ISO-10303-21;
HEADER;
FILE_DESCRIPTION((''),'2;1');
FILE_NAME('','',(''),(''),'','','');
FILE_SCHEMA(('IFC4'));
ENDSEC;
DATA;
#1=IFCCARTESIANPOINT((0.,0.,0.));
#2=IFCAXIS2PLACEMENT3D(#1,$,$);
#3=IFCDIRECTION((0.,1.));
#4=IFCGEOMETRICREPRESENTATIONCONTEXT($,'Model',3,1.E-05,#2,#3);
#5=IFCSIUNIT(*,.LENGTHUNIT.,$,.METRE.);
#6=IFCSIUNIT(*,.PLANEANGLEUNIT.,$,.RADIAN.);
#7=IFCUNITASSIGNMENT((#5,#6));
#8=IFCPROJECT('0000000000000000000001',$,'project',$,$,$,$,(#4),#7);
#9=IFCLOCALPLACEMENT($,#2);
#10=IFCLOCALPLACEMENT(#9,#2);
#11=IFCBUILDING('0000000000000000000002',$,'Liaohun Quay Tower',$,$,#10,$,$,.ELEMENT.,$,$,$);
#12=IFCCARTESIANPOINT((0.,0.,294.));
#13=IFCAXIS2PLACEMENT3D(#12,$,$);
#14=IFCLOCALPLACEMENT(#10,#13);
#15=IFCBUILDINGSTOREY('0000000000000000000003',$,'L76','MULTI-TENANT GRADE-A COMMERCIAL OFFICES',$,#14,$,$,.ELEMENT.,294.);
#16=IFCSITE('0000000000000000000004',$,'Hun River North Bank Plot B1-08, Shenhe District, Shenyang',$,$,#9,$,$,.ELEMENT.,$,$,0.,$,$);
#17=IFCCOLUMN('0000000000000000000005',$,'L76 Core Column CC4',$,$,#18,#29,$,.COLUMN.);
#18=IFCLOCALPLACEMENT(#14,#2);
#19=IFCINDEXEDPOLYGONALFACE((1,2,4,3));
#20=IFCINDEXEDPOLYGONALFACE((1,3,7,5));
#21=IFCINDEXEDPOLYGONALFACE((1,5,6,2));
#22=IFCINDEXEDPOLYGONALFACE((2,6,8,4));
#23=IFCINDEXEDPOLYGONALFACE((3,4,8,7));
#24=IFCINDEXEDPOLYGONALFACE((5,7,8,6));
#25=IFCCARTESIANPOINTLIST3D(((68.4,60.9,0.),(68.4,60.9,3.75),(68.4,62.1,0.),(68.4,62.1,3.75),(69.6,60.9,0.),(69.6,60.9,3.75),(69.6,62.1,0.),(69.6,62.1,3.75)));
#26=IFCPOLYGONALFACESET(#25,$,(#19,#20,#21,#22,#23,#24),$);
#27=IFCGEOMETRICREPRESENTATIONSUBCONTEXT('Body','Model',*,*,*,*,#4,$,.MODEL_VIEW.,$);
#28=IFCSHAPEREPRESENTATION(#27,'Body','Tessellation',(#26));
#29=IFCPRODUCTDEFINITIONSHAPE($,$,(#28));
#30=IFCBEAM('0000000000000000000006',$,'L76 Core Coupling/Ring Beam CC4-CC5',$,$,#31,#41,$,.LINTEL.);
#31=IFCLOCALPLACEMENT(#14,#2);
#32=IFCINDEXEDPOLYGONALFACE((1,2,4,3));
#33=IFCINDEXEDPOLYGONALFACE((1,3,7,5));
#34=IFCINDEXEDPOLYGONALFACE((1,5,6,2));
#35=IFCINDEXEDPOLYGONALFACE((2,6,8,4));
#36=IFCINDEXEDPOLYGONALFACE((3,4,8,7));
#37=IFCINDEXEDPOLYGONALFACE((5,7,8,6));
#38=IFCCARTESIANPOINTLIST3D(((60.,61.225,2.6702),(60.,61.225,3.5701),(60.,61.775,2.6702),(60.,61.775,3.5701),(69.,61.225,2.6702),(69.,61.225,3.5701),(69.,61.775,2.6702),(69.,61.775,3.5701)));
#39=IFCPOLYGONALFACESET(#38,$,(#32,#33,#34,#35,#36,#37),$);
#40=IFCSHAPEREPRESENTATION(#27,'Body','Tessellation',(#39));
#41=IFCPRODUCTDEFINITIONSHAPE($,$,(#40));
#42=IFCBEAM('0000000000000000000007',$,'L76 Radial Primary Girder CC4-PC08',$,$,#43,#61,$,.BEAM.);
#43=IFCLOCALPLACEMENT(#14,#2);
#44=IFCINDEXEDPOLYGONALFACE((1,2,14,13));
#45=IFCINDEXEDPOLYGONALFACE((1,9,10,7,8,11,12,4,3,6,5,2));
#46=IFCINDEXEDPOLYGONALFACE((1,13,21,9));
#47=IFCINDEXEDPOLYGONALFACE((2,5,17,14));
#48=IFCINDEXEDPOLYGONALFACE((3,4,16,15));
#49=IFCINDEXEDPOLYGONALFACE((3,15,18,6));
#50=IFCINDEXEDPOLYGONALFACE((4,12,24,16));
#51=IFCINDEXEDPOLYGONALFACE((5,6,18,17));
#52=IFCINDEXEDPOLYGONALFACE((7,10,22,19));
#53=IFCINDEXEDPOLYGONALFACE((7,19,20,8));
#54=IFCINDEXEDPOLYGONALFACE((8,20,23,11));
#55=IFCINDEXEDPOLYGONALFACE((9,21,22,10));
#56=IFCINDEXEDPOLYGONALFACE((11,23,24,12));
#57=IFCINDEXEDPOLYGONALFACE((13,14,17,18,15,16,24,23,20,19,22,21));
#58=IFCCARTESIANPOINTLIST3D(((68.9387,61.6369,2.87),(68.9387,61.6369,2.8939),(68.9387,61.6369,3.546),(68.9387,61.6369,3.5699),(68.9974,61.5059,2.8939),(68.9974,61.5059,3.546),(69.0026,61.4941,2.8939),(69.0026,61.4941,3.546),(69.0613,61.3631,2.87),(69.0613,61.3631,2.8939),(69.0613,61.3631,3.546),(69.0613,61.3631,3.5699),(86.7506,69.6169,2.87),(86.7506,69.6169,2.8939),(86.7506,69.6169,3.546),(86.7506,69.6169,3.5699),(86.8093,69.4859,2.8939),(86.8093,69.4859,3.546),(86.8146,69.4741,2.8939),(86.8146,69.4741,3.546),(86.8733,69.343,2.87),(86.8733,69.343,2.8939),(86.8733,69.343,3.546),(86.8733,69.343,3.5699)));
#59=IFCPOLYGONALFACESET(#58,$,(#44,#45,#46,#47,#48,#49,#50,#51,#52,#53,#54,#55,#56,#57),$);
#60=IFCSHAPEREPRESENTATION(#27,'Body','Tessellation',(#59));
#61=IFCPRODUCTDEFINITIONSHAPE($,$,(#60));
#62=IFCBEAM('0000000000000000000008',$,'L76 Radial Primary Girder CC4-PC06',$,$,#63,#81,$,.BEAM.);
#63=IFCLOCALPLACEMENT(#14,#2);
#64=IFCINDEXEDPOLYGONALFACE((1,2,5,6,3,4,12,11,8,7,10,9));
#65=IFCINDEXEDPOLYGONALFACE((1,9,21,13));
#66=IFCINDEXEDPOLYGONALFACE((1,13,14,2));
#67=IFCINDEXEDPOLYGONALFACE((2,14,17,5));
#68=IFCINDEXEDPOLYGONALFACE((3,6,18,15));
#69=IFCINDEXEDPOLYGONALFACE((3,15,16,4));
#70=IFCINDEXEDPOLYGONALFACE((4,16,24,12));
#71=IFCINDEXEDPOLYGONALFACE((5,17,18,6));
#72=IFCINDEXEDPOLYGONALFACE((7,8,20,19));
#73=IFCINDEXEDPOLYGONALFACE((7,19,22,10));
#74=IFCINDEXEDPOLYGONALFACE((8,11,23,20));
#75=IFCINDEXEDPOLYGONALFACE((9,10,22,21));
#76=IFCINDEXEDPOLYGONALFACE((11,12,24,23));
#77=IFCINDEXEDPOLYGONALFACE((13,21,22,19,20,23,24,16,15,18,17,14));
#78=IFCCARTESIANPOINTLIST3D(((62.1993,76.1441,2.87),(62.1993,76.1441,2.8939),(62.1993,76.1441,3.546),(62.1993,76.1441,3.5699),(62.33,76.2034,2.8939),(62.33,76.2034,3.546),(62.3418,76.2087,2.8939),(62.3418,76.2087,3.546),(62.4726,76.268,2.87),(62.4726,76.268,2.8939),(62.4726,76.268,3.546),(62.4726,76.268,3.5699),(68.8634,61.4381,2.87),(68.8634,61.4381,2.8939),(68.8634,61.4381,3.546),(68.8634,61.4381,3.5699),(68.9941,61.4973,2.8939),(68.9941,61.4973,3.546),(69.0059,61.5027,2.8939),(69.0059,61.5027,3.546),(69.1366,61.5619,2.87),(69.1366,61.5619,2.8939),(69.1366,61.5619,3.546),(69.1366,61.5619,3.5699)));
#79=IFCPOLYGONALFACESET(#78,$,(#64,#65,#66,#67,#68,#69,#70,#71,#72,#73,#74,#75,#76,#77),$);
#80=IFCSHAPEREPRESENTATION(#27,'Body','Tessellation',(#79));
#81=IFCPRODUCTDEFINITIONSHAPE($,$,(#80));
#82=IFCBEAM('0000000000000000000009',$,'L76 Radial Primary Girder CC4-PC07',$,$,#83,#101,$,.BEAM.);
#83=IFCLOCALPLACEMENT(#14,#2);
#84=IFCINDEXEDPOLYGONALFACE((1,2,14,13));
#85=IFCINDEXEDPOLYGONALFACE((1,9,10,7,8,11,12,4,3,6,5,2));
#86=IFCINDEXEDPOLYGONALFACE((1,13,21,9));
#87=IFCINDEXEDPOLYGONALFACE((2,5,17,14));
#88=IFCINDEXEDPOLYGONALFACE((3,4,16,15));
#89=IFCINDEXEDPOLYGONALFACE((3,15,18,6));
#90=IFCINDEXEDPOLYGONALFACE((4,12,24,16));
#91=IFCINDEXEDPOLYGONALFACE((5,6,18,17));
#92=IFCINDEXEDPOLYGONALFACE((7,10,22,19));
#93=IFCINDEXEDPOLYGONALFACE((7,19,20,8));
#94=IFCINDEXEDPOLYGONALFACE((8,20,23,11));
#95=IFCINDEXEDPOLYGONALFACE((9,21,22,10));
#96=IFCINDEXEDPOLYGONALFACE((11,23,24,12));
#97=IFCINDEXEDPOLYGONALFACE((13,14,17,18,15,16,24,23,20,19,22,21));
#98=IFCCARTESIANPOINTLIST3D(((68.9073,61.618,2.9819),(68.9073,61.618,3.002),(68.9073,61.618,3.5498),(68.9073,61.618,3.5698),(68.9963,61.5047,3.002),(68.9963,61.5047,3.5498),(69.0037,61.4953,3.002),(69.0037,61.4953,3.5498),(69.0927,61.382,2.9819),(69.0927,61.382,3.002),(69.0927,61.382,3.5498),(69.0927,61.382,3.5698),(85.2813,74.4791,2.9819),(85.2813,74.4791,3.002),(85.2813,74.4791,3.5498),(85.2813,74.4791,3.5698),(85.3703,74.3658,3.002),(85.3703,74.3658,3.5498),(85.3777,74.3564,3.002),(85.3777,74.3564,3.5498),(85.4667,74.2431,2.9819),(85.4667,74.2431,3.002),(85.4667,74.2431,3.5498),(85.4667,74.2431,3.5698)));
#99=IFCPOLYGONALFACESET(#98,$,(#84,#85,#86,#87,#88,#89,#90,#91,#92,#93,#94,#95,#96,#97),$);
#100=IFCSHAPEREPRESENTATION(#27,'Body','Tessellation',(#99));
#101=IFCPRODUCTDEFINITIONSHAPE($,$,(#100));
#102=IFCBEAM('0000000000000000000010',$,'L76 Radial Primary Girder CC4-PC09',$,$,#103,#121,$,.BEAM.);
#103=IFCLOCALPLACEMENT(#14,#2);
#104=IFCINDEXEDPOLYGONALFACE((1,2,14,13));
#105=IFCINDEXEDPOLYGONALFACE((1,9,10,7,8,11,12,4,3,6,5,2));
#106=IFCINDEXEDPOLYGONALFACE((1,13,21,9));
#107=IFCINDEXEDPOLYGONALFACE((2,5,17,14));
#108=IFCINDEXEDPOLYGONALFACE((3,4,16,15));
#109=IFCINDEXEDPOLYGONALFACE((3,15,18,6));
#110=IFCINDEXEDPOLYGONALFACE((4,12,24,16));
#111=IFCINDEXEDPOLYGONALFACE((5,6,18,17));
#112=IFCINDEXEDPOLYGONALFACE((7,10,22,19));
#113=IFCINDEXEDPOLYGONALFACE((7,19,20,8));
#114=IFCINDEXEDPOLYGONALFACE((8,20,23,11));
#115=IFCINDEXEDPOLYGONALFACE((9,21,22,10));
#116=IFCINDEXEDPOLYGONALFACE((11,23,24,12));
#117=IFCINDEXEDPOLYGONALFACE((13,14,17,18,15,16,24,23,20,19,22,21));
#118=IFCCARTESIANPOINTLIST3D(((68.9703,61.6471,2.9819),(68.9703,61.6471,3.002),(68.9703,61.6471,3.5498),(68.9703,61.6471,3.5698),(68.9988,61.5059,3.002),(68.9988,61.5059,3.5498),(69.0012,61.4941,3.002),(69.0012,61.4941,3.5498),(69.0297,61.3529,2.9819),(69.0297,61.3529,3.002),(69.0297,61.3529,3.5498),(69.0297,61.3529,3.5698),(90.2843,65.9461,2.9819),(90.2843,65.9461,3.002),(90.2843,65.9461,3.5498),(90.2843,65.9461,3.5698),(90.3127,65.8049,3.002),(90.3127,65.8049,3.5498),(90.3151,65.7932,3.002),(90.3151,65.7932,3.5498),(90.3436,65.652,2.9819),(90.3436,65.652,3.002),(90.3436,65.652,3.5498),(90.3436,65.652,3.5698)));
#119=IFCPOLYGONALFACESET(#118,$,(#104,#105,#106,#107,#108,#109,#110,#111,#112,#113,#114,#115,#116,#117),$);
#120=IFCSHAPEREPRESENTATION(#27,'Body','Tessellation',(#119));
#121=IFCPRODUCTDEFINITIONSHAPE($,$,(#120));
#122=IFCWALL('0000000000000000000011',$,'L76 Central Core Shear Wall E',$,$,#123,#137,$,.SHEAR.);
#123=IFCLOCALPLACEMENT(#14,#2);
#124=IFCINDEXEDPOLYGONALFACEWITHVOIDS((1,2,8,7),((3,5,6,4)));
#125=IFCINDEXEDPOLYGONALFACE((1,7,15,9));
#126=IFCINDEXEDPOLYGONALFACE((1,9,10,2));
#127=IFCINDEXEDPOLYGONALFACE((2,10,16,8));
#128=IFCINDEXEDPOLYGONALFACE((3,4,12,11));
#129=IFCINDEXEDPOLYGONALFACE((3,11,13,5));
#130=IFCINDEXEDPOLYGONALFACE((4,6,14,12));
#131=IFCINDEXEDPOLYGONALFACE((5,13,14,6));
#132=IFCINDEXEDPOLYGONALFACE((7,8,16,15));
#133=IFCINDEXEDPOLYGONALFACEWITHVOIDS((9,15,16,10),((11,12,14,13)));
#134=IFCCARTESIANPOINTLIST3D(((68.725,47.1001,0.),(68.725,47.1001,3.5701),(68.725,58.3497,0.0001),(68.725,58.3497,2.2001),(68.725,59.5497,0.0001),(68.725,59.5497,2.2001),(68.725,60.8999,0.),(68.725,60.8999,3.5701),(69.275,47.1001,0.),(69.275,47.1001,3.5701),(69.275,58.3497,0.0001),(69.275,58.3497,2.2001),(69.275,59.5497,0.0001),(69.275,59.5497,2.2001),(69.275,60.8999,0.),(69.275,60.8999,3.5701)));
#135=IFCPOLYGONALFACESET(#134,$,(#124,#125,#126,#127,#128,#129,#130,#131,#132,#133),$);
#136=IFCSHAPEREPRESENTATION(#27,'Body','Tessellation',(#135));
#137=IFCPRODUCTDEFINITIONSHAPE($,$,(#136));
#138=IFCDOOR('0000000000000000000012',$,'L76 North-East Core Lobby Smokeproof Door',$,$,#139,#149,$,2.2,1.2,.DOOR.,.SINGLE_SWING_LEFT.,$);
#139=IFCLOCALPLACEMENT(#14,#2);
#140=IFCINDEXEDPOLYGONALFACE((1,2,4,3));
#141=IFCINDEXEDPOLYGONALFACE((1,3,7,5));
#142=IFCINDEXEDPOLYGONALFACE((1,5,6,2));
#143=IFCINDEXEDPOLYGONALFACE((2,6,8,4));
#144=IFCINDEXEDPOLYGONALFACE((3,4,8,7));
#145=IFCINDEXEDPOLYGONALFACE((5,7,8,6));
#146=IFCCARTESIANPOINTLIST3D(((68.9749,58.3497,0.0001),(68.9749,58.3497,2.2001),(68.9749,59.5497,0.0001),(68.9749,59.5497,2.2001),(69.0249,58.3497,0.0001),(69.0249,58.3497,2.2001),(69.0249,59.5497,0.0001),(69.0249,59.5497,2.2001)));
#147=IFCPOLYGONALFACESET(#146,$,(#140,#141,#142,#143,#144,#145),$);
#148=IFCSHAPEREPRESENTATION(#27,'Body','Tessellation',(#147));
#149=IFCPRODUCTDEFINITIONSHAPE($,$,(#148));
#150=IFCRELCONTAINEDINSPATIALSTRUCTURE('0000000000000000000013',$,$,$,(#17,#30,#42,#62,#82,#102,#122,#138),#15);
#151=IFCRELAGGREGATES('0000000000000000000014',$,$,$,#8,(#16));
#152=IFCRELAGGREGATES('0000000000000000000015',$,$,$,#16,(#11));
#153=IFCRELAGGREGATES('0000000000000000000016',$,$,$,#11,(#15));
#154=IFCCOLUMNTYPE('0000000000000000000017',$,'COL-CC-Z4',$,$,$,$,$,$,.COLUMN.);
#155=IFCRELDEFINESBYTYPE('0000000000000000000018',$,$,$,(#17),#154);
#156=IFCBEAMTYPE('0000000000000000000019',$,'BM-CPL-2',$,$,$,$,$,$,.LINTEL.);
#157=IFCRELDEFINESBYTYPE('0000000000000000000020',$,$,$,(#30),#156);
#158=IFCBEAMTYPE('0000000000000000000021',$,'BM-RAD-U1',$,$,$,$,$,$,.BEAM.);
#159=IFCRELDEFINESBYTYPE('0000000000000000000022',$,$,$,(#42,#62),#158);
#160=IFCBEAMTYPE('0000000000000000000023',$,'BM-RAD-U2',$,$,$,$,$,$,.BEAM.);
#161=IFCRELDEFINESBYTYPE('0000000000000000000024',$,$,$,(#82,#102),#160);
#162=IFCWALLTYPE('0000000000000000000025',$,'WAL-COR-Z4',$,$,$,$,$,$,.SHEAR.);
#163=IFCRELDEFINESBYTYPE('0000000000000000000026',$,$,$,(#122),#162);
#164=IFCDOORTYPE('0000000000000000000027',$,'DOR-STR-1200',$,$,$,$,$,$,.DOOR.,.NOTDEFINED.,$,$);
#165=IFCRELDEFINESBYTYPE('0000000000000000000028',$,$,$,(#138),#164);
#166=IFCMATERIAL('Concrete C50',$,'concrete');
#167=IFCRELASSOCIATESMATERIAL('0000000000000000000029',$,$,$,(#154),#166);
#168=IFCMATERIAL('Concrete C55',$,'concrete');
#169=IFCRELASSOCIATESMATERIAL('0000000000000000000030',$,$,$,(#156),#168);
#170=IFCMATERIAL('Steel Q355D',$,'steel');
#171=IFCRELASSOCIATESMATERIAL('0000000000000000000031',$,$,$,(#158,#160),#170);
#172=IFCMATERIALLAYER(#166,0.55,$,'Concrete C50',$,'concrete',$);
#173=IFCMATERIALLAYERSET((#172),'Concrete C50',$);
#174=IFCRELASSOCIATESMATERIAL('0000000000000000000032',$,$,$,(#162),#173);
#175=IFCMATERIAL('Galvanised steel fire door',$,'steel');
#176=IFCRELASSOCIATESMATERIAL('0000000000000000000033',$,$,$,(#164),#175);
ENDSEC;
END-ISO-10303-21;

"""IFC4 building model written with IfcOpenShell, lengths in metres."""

from ifc_helpers import new_model, si_unit, direction, frame, frame_2d, origin, origin_2d, place, context, subcontext, project, spatial, rectangle, i_section, extrude, source, transform, mapped, material, layer, layer_set, material_profile, profile_set, type_object, element, fill, save


model = new_model("IFC4")

# Units and contexts
model_context = context("Model", 3, precision=1e-05, world=origin(), true_north=direction((0.0, 1.0)))
body_context = subcontext(model_context, "Body", "Model", "MODEL_VIEW")
ifc_project = project(units=[si_unit("LENGTHUNIT", "METRE"), si_unit("PLANEANGLEUNIT", "RADIAN")], contexts=[model_context])

# Site, building, storey
site_placement = place(None, origin())
site = spatial("IfcSite", under=ifc_project, at=site_placement, Name="Hun River North Bank Plot B1-08, Shenhe District, Shenyang", CompositionType="ELEMENT", RefElevation=0.0)
building_placement = place(site_placement, origin())
building = spatial("IfcBuilding", under=site, at=building_placement, Name="Liaohun Quay Tower", CompositionType="ELEMENT")
storey_placement = place(building_placement, frame((0.0, 0.0, 294.0)))
storey = spatial("IfcBuildingStorey", under=building, at=storey_placement, Name="L76", Description="MULTI-TENANT GRADE-A COMMERCIAL OFFICES", CompositionType="ELEMENT", Elevation=294.0)

# Column
ifc_material_1 = material(Name="Concrete C50", Category="concrete")
ifc_material_profile_1 = material_profile(ifc_material_1, rectangle(XDim=1.2, YDim=1.2, at=origin_2d()), Name="RC1200x1200")
ifc_profile_set_1 = profile_set([ifc_material_profile_1], Name="Concrete C50")
column_type = type_object("IfcColumnType", Name="COL-CC-Z4", PredefinedType="COLUMN", material=ifc_profile_set_1)
shared_shape_1 = source(origin(), body_context, "Body", "SweptSolid", [
    extrude(rectangle(XDim=1.2, YDim=1.2, at=origin_2d()), origin(), (0.0, 0.0, 1.0), 3.75),
])
column_placement = place(storey_placement, frame((69.0, 61.5, 0.0), z_axis=(0.0, 0.0, 1.0), x_axis=(1.0, 0.0, 0.0)))
element("IfcColumn", 1, at=column_placement, inside=storey, type_object=column_type, Name="L76 Core Column CC4", PredefinedType="COLUMN", context=body_context, shape_type="MappedRepresentation", body=[
    mapped(shared_shape_1, transform((0.0, 0.0, 0.0), x_axis=(1.0, 0.0, 0.0), y_axis=(0.0, 1.0, 0.0), z_axis=(0.0, 0.0, 1.0), scale=1.0)),
])

# Beams
ifc_material_2 = material(Name="Concrete C55", Category="concrete")
ifc_material_profile_2 = material_profile(ifc_material_2, rectangle(XDim=0.55, YDim=0.8999, at=origin_2d()), Name="RC550x900")
ifc_profile_set_2 = profile_set([ifc_material_profile_2], Name="Concrete C55")
beam_type_1 = type_object("IfcBeamType", Name="BM-CPL-2", PredefinedType="LINTEL", material=ifc_profile_set_2)
shared_shape_2 = source(origin(), body_context, "Body", "SweptSolid", [
    extrude(rectangle(XDim=0.55, YDim=0.8999, at=origin_2d()), origin(), (0.0, 0.0, 1.0), 9.0),
])
beam_1_placement = place(storey_placement, frame((69.0, 61.5, 3.1201), z_axis=(-1.0, 0.0, 0.0), x_axis=(0.0, -1.0, 0.0)))
element("IfcBeam", 2, at=beam_1_placement, inside=storey, type_object=beam_type_1, Name="L76 Core Coupling/Ring Beam CC4-CC5", PredefinedType="LINTEL", context=body_context, shape_type="MappedRepresentation", body=[
    mapped(shared_shape_2, transform((0.0, 0.0, 0.0), x_axis=(1.0, 0.0, 0.0), y_axis=(0.0, 1.0, 0.0), z_axis=(0.0, 0.0, 1.0), scale=1.0)),
])
ifc_material_3 = material(Name="Steel Q355D", Category="steel")
ifc_material_profile_3 = material_profile(ifc_material_3, i_section(OverallWidth=0.3, OverallDepth=0.7, WebThickness=0.0129, FlangeThickness=0.0239, at=origin_2d()), Name="HN700x300x13x24")
ifc_profile_set_3 = profile_set([ifc_material_profile_3], Name="Steel Q355D")
beam_type_2 = type_object("IfcBeamType", Name="BM-RAD-U1", PredefinedType="BEAM", material=ifc_profile_set_3)
shared_shape_3 = source(origin(), body_context, "Body", "SweptSolid", [
    extrude(i_section(OverallWidth=0.3, OverallDepth=0.7, WebThickness=0.0129, FlangeThickness=0.0239, at=origin_2d()), origin(), (0.0, 0.0, 1.0), 19.5178),
])
beam_2_placement = place(storey_placement, frame((69.0, 61.5, 3.22), z_axis=(0.912599, 0.408855, 0.0), x_axis=(-0.408855, 0.912599, 0.0)))
element("IfcBeam", 3, at=beam_2_placement, inside=storey, type_object=beam_type_2, Name="L76 Radial Primary Girder CC4-PC08", PredefinedType="BEAM", context=body_context, shape_type="MappedRepresentation", body=[
    mapped(shared_shape_3, transform((0.0, 0.0, 0.0), x_axis=(1.0, 0.0, 0.0), y_axis=(0.0, 1.0, 0.0), z_axis=(0.0, 0.0, 1.0), scale=1.0)),
])
shared_shape_4 = source(origin(), body_context, "Body", "SweptSolid", [
    extrude(i_section(OverallWidth=0.3, OverallDepth=0.7, WebThickness=0.0129, FlangeThickness=0.0239, at=origin_2d()), origin(), (0.0, 0.0, 1.0), 16.1455),
])
beam_3_placement = place(storey_placement, frame((69.0, 61.5, 3.22), z_axis=(-0.41275, 0.910844, 0.0), x_axis=(-0.910844, -0.41275, 0.0)))
element("IfcBeam", 4, at=beam_3_placement, inside=storey, type_object=beam_type_2, Name="L76 Radial Primary Girder CC4-PC06", PredefinedType="BEAM", context=body_context, shape_type="MappedRepresentation", body=[
    mapped(shared_shape_4, transform((0.0, 0.0, 0.0), x_axis=(1.0, 0.0, 0.0), y_axis=(0.0, 1.0, 0.0), z_axis=(0.0, 0.0, 1.0), scale=1.0)),
])
ifc_material_profile_4 = material_profile(ifc_material_3, i_section(OverallWidth=0.3, OverallDepth=0.5879, WebThickness=0.012, FlangeThickness=0.02, at=origin_2d()), Name="HM588x300x12x20")
ifc_profile_set_4 = profile_set([ifc_material_profile_4], Name="Steel Q355D")
beam_type_3 = type_object("IfcBeamType", Name="BM-RAD-U2", PredefinedType="BEAM", material=ifc_profile_set_4)
shared_shape_5 = source(origin(), body_context, "Body", "SweptSolid", [
    extrude(i_section(OverallWidth=0.3, OverallDepth=0.5879, WebThickness=0.012, FlangeThickness=0.02, at=origin_2d()), origin(), (0.0, 0.0, 1.0), 20.821),
])
beam_4_placement = place(storey_placement, frame((69.0, 61.5, 3.2759), z_axis=(0.786417, 0.617696, 0.0), x_axis=(-0.617696, 0.786417, 0.0)))
element("IfcBeam", 5, at=beam_4_placement, inside=storey, type_object=beam_type_3, Name="L76 Radial Primary Girder CC4-PC07", PredefinedType="BEAM", context=body_context, shape_type="MappedRepresentation", body=[
    mapped(shared_shape_5, transform((0.0, 0.0, 0.0), x_axis=(1.0, 0.0, 0.0), y_axis=(0.0, 1.0, 0.0), z_axis=(0.0, 0.0, 1.0), scale=1.0)),
])
shared_shape_6 = source(origin(), body_context, "Body", "SweptSolid", [
    extrude(i_section(OverallWidth=0.3, OverallDepth=0.5879, WebThickness=0.012, FlangeThickness=0.02, at=origin_2d()), origin(), (0.0, 0.0, 1.0), 21.7432),
])
beam_5_placement = place(storey_placement, frame((69.0, 61.5, 3.2759), z_axis=(0.980258, 0.19772, 0.0), x_axis=(-0.19772, 0.980258, 0.0)))
element("IfcBeam", 6, at=beam_5_placement, inside=storey, type_object=beam_type_3, Name="L76 Radial Primary Girder CC4-PC09", PredefinedType="BEAM", context=body_context, shape_type="MappedRepresentation", body=[
    mapped(shared_shape_6, transform((0.0, 0.0, 0.0), x_axis=(1.0, 0.0, 0.0), y_axis=(0.0, 1.0, 0.0), z_axis=(0.0, 0.0, 1.0), scale=1.0)),
])

# Wall, opening, door
ifc_layer_1 = layer(ifc_material_1, 0.55, Name="Concrete C50", Category="concrete")
ifc_layer_set_1 = layer_set([ifc_layer_1], Name="Concrete C50")
wall_type_1 = type_object("IfcWallType", Name="WAL-COR-Z4", PredefinedType="SHEAR", material=ifc_layer_set_1)
wall_1_placement = place(storey_placement, frame((69.0, 60.8999, 0.0), z_axis=(0.0, 0.0, 1.0), x_axis=(0.0, -1.0, 0.0)))
wall_1 = element("IfcWall", 7, at=wall_1_placement, inside=storey, type_object=wall_type_1, Name="L76 Central Core Shear Wall E", PredefinedType="SHEAR", context=body_context, shape_type="SweptSolid", body=[
    extrude(rectangle(XDim=13.7998, YDim=0.55, at=frame_2d((6.8999, 0.0))), origin(), (0.0, 0.0, 1.0), 3.5701),
])
shared_shape_7 = source(origin(), body_context, "Body", "SweptSolid", [
    extrude(rectangle(XDim=1.2, YDim=2.2, at=frame_2d((0.6001, 1.1001))), frame((0.0, 0.2849, 0.0), z_axis=(0.0, -1.0, 0.0), x_axis=(1.0, 0.0, 0.0)), (0.0, 0.0, 1.0), 0.5701),
])
opening_1_placement = place(wall_1_placement, frame((1.3501, 0.0, 0.0)))
opening_1 = element("IfcOpeningElement", 8, at=opening_1_placement, cuts=wall_1, PredefinedType="OPENING", context=body_context, shape_type="MappedRepresentation", body=[
    mapped(shared_shape_7, transform((0.0, 0.0, 0.0), x_axis=(1.0, 0.0, 0.0), y_axis=(0.0, 1.0, 0.0), z_axis=(0.0, 0.0, 1.0), scale=1.0)),
])
ifc_material_4 = material(Name="Galvanised steel fire door", Category="steel")
door_type_1 = type_object("IfcDoorType", Name="DOR-STR-1200", OperationType="NOTDEFINED", PredefinedType="DOOR", material=ifc_material_4)
shared_shape_8 = source(origin(), body_context, "Body", "SweptSolid", [
    extrude(rectangle(XDim=1.2, YDim=2.2, at=frame_2d((0.6001, 1.1001))), frame((0.0, 0.0249, 0.0), z_axis=(0.0, -1.0, 0.0), x_axis=(1.0, 0.0, 0.0)), (0.0, 0.0, 1.0), 0.05),
])
door_1_placement = place(opening_1_placement, origin())
door_1 = element("IfcDoor", 9, at=door_1_placement, inside=storey, type_object=door_type_1, Name="L76 North-East Core Lobby Smokeproof Door", OperationType="SINGLE_SWING_LEFT", OverallHeight=2.2, OverallWidth=1.2, PredefinedType="DOOR", context=body_context, shape_type="MappedRepresentation", body=[
    mapped(shared_shape_8, transform((0.0, 0.0, 0.0), x_axis=(1.0, 0.0, 0.0), y_axis=(0.0, 1.0, 0.0), z_axis=(0.0, 0.0, 1.0), scale=1.0)),
])
fill(opening_1, door_1)

save(model, "model.ifc")
